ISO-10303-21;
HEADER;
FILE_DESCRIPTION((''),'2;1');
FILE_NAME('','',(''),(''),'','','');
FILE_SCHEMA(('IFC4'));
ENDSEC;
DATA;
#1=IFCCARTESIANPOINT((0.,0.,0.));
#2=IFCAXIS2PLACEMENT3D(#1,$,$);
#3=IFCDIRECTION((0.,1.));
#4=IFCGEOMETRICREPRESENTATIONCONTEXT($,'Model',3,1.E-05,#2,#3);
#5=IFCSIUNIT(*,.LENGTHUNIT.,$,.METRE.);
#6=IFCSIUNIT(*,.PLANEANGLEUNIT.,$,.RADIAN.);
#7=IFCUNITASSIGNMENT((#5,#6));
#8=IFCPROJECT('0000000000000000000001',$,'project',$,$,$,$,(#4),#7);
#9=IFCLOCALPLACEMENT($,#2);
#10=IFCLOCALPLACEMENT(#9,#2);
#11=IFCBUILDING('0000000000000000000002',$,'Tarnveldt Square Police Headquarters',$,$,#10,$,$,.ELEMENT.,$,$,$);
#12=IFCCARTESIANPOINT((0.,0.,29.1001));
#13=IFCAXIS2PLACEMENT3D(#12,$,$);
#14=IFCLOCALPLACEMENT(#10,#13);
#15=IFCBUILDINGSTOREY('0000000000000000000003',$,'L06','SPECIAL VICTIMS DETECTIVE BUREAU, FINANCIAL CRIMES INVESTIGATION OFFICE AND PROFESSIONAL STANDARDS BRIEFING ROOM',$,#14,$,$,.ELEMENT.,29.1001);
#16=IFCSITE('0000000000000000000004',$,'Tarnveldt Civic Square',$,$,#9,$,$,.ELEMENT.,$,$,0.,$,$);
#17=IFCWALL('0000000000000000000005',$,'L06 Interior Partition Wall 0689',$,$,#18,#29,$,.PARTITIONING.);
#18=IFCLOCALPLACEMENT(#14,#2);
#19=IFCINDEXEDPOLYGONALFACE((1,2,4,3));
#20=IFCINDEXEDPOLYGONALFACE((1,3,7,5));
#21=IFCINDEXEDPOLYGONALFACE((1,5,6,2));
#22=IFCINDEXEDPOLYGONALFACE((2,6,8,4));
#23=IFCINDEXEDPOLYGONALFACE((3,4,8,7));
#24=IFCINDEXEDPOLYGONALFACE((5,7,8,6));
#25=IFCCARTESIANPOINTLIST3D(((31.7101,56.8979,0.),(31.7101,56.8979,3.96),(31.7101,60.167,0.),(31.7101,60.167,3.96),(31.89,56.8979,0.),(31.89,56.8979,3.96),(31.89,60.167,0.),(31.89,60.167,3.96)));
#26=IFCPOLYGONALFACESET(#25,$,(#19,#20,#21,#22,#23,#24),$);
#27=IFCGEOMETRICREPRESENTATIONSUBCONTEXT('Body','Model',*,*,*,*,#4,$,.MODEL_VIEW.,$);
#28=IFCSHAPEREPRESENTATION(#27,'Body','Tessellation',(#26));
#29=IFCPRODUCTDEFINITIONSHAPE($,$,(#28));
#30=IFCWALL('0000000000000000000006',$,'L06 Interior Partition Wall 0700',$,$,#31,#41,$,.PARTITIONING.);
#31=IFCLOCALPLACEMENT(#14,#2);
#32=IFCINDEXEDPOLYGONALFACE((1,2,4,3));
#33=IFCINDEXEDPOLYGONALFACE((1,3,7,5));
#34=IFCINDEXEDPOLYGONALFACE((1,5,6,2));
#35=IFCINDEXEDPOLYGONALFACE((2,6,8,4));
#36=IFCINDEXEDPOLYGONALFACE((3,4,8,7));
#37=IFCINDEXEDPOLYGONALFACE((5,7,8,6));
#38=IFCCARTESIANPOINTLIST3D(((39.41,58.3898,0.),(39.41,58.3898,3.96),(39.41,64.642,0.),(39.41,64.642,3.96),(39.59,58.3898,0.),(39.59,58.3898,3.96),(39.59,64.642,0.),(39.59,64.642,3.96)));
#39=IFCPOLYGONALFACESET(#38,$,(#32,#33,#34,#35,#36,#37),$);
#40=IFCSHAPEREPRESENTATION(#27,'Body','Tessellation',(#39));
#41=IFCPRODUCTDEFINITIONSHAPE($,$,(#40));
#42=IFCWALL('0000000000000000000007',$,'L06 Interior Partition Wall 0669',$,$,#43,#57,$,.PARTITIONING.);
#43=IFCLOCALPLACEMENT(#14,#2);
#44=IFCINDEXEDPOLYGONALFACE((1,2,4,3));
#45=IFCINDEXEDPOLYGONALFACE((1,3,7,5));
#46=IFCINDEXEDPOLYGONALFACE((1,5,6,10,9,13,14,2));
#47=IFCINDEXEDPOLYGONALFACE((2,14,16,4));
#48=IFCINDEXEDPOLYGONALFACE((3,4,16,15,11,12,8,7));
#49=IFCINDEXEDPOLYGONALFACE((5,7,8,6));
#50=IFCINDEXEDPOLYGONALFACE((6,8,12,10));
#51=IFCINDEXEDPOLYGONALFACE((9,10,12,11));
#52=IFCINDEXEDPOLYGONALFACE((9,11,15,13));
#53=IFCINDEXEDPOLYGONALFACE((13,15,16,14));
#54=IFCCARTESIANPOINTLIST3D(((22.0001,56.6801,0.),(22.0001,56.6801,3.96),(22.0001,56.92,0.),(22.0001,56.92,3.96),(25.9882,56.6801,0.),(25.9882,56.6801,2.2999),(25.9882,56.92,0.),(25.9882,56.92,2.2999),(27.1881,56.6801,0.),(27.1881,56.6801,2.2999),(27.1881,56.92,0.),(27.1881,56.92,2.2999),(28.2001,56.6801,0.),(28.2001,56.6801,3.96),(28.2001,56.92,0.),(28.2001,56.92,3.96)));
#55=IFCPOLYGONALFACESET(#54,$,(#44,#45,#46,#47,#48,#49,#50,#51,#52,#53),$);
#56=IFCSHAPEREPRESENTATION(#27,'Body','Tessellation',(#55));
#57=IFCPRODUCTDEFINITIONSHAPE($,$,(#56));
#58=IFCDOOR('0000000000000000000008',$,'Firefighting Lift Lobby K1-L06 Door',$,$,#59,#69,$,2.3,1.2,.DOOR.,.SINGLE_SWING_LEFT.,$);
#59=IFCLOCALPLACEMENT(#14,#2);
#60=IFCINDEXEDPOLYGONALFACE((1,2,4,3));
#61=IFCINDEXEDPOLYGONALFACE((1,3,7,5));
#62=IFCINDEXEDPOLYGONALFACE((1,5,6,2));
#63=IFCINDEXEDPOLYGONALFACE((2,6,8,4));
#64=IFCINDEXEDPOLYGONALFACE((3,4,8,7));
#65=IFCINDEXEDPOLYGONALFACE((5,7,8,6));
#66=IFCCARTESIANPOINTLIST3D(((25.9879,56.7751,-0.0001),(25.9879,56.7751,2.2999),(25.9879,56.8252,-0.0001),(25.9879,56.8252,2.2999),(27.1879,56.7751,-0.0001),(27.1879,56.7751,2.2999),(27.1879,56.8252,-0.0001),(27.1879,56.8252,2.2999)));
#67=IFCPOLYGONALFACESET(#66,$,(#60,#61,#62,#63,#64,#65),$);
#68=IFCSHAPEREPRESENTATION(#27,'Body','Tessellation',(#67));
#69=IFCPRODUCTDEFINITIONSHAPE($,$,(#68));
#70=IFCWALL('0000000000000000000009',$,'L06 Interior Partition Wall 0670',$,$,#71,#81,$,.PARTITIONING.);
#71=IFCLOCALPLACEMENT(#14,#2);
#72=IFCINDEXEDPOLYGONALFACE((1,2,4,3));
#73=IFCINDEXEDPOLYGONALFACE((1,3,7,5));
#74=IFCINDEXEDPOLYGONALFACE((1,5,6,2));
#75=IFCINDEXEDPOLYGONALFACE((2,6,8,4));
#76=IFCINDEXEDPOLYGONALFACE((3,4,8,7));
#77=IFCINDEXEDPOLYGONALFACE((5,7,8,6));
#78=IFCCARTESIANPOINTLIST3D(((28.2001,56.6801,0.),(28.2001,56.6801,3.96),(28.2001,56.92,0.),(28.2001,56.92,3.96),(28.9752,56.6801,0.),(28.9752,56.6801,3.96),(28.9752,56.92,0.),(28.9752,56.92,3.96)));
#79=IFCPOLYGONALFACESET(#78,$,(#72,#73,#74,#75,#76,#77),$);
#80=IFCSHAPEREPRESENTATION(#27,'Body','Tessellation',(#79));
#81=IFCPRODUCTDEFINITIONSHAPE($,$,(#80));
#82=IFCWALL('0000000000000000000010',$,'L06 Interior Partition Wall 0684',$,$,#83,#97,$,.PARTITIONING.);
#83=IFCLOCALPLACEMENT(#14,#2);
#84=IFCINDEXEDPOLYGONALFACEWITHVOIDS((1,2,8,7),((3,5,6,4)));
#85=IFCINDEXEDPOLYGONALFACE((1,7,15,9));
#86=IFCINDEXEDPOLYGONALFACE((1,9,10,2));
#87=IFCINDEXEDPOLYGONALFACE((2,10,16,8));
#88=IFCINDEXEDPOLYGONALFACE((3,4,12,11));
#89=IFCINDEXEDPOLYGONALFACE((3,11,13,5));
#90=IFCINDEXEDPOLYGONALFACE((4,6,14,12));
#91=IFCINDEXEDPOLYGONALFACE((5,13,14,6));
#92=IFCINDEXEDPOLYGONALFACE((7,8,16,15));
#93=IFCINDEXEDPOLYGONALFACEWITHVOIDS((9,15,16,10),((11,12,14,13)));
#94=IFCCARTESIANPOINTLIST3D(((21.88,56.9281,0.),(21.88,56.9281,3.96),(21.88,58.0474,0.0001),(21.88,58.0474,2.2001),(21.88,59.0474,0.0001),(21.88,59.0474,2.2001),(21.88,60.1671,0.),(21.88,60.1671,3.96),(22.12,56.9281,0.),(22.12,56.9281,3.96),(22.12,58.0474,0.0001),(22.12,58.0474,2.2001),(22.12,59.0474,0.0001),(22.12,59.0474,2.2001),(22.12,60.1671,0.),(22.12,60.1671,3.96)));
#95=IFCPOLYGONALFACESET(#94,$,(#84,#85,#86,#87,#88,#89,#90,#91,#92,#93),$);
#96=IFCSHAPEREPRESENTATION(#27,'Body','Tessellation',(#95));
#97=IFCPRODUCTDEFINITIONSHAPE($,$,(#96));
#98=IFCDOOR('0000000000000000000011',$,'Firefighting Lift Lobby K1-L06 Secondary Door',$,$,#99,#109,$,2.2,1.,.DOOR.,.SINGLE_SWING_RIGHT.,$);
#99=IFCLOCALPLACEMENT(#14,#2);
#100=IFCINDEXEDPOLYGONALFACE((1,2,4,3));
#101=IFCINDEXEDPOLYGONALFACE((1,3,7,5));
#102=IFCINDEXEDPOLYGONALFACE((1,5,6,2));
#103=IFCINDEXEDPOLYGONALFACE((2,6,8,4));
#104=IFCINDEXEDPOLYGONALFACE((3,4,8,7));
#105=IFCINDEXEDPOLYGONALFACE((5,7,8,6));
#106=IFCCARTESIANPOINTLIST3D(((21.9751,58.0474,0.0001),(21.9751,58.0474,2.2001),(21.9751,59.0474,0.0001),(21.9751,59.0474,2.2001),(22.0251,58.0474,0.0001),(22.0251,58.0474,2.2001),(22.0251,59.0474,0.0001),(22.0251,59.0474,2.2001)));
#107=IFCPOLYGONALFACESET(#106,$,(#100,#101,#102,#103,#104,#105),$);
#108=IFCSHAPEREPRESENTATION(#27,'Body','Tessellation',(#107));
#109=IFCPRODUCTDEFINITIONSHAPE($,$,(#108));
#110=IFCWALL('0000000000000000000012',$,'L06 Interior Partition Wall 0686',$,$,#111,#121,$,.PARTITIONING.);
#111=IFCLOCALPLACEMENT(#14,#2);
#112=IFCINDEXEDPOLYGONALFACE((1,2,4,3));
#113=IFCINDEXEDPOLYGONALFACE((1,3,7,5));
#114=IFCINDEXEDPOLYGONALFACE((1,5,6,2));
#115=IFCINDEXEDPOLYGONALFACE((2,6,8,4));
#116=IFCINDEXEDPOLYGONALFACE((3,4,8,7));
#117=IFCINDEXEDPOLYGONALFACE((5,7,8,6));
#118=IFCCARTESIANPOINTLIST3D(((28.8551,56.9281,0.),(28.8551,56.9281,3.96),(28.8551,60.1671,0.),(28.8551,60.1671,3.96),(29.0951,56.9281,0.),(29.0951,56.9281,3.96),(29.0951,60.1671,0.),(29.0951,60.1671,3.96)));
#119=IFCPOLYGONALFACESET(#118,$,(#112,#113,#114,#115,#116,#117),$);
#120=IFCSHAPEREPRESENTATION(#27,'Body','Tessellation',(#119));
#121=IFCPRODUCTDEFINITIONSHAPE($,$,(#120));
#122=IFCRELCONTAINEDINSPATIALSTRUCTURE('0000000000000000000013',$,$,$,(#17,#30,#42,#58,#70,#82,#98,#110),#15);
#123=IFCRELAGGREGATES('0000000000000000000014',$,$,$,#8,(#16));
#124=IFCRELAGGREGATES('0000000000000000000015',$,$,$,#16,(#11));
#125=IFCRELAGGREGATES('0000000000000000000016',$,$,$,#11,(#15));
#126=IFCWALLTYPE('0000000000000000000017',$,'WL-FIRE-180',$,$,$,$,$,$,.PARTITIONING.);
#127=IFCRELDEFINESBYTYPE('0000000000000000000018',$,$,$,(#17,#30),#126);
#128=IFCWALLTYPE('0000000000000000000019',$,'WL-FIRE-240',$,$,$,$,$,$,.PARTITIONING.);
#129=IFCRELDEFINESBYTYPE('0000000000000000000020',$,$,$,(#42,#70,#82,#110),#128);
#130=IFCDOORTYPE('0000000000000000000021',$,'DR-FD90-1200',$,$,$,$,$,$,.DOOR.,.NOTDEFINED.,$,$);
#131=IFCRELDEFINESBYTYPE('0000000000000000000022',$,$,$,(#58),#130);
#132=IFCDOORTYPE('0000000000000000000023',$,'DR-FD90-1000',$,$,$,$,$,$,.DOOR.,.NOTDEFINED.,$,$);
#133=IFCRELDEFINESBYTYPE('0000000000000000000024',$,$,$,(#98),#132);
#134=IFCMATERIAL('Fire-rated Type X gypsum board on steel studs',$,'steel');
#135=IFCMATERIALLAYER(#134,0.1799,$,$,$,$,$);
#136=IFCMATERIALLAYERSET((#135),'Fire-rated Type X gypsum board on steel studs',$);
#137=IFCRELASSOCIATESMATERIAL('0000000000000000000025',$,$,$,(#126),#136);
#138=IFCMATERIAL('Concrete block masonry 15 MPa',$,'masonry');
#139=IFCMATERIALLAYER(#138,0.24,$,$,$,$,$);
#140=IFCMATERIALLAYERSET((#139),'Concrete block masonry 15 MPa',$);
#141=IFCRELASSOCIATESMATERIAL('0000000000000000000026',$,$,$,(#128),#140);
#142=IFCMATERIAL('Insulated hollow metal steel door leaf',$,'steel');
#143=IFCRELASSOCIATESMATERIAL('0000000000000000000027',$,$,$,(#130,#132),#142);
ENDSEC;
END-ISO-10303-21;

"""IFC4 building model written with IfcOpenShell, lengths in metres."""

from ifc_helpers import new_model, si_unit, direction, frame, frame_2d, origin, place, context, subcontext, project, spatial, rectangle, extrude, material, layer, layer_set, type_object, element, fill, save


model = new_model("IFC4")

# Units and contexts
model_context = context("Model", 3, precision=1e-05, world=origin(), true_north=direction((0.0, 1.0)))
body_context = subcontext(model_context, "Body", "Model", "MODEL_VIEW")
ifc_project = project(units=[si_unit("LENGTHUNIT", "METRE"), si_unit("PLANEANGLEUNIT", "RADIAN")], contexts=[model_context])

# Site, building, storey
site_placement = place(None, origin())
site = spatial("IfcSite", under=ifc_project, at=site_placement, Name="Tarnveldt Civic Square", CompositionType="ELEMENT", RefElevation=0.0)
building_placement = place(site_placement, origin())
building = spatial("IfcBuilding", under=site, at=building_placement, Name="Tarnveldt Square Police Headquarters", CompositionType="ELEMENT")
storey_placement = place(building_placement, frame((0.0, 0.0, 29.1001)))
storey = spatial("IfcBuildingStorey", under=building, at=storey_placement, Name="L06", Description="SPECIAL VICTIMS DETECTIVE BUREAU, FINANCIAL CRIMES INVESTIGATION OFFICE AND PROFESSIONAL STANDARDS BRIEFING ROOM", CompositionType="ELEMENT", Elevation=29.1001)

# Shared definitions
ifc_material_1 = material(Name="Fire-rated Type X gypsum board on steel studs", Category="steel")
ifc_layer_1 = layer(ifc_material_1, 0.1799)
ifc_layer_set_1 = layer_set([ifc_layer_1], Name="Fire-rated Type X gypsum board on steel studs")
wall_type_1 = type_object("IfcWallType", Name="WL-FIRE-180", PredefinedType="PARTITIONING", material=ifc_layer_set_1)
ifc_material_2 = material(Name="Insulated hollow metal steel door leaf", Category="steel")

# Wall
wall_1_placement = place(storey_placement, frame((31.8, 56.8979, 0.0), z_axis=(0.0, 0.0, 1.0), x_axis=(0.0, 1.0, 0.0)))
element("IfcWall", 1, at=wall_1_placement, inside=storey, type_object=wall_type_1, Name="L06 Interior Partition Wall 0689", PredefinedType="PARTITIONING", context=body_context, shape_type="SweptSolid", body=[
    extrude(rectangle(XDim=3.269, YDim=0.1799, at=frame_2d((1.6345, 0.0))), origin(), (0.0, 0.0, 1.0), 3.96),
])

# Wall
wall_2_placement = place(storey_placement, frame((39.5, 58.3899, 0.0), z_axis=(0.0, 0.0, 1.0), x_axis=(0.0, 1.0, 0.0)))
element("IfcWall", 2, at=wall_2_placement, inside=storey, type_object=wall_type_1, Name="L06 Interior Partition Wall 0700", PredefinedType="PARTITIONING", context=body_context, shape_type="SweptSolid", body=[
    extrude(rectangle(XDim=6.2522, YDim=0.1799, at=frame_2d((3.126, 0.0))), origin(), (0.0, 0.0, 1.0), 3.96),
])

# Wall, opening, door
ifc_material_3 = material(Name="Concrete block masonry 15 MPa", Category="masonry")
ifc_layer_2 = layer(ifc_material_3, 0.24)
ifc_layer_set_2 = layer_set([ifc_layer_2], Name="Concrete block masonry 15 MPa")
wall_type_2 = type_object("IfcWallType", Name="WL-FIRE-240", PredefinedType="PARTITIONING", material=ifc_layer_set_2)
wall_3_placement = place(storey_placement, frame((22.0, 56.8, 0.0), z_axis=(0.0, 0.0, 1.0), x_axis=(1.0, 0.0, 0.0)))
wall_3 = element("IfcWall", 3, at=wall_3_placement, inside=storey, type_object=wall_type_2, Name="L06 Interior Partition Wall 0669", PredefinedType="PARTITIONING", context=body_context, shape_type="SweptSolid", body=[
    extrude(rectangle(XDim=6.2, YDim=0.24, at=frame_2d((3.1001, 0.0))), origin(), (0.0, 0.0, 1.0), 3.96),
])
opening_1_placement = place(wall_3_placement, frame((3.988, 0.0, 0.0)))
opening_1 = element("IfcOpeningElement", 4, at=opening_1_placement, cuts=wall_3, PredefinedType="OPENING", context=body_context, shape_type="SweptSolid", body=[
    extrude(rectangle(XDim=1.2, YDim=2.3, at=frame_2d((0.6001, 1.1499))), frame((0.0, 0.1299, 0.0), z_axis=(0.0, -1.0, 0.0), x_axis=(1.0, 0.0, 0.0)), (0.0, 0.0, 1.0), 0.26),
])
door_type_1 = type_object("IfcDoorType", Name="DR-FD90-1200", OperationType="NOTDEFINED", PredefinedType="DOOR", material=ifc_material_2)
door_1_placement = place(opening_1_placement, frame((1.2, 0.0, 0.0), z_axis=(0.0, 0.0, 1.0), x_axis=(-1.0, 0.0, 0.0)))
door_1 = element("IfcDoor", 5, at=door_1_placement, inside=storey, type_object=door_type_1, Name="Firefighting Lift Lobby K1-L06 Door", OperationType="SINGLE_SWING_LEFT", OverallHeight=2.3, OverallWidth=1.2, PredefinedType="DOOR", context=body_context, shape_type="SweptSolid", body=[
    extrude(rectangle(XDim=1.2, YDim=2.3, at=frame_2d((0.6001, 1.1499))), frame((0.0, 0.0249, 0.0), z_axis=(0.0, -1.0, 0.0), x_axis=(1.0, 0.0, 0.0)), (0.0, 0.0, 1.0), 0.05),
])
fill(opening_1, door_1)

# Wall
wall_4_placement = place(storey_placement, frame((28.2, 56.8, 0.0), z_axis=(0.0, 0.0, 1.0), x_axis=(1.0, 0.0, 0.0)))
element("IfcWall", 6, at=wall_4_placement, inside=storey, type_object=wall_type_2, Name="L06 Interior Partition Wall 0670", PredefinedType="PARTITIONING", context=body_context, shape_type="SweptSolid", body=[
    extrude(rectangle(XDim=0.7751, YDim=0.24, at=frame_2d((0.3877, 0.0))), origin(), (0.0, 0.0, 1.0), 3.96),
])

# Wall, opening, door
wall_5_placement = place(storey_placement, frame((22.0, 56.928, 0.0), z_axis=(0.0, 0.0, 1.0), x_axis=(0.0, 1.0, 0.0)))
wall_5 = element("IfcWall", 7, at=wall_5_placement, inside=storey, type_object=wall_type_2, Name="L06 Interior Partition Wall 0684", PredefinedType="PARTITIONING", context=body_context, shape_type="SweptSolid", body=[
    extrude(rectangle(XDim=3.239, YDim=0.24, at=frame_2d((1.6196, 0.0))), origin(), (0.0, 0.0, 1.0), 3.96),
])
opening_2_placement = place(wall_5_placement, frame((1.1194, 0.0, 0.0)))
opening_2 = element("IfcOpeningElement", 8, at=opening_2_placement, cuts=wall_5, PredefinedType="OPENING", context=body_context, shape_type="SweptSolid", body=[
    extrude(rectangle(XDim=1.0, YDim=2.2, at=frame_2d((0.5, 1.1001))), frame((0.0, 0.1299, 0.0), z_axis=(0.0, -1.0, 0.0), x_axis=(1.0, 0.0, 0.0)), (0.0, 0.0, 1.0), 0.26),
])
door_type_2 = type_object("IfcDoorType", Name="DR-FD90-1000", OperationType="NOTDEFINED", PredefinedType="DOOR", material=ifc_material_2)
door_2_placement = place(opening_2_placement, origin())
door_2 = element("IfcDoor", 9, at=door_2_placement, inside=storey, type_object=door_type_2, Name="Firefighting Lift Lobby K1-L06 Secondary Door", OperationType="SINGLE_SWING_RIGHT", OverallHeight=2.2, OverallWidth=1.0, PredefinedType="DOOR", context=body_context, shape_type="SweptSolid", body=[
    extrude(rectangle(XDim=1.0, YDim=2.2, at=frame_2d((0.5, 1.1001))), frame((0.0, 0.0249, 0.0), z_axis=(0.0, -1.0, 0.0), x_axis=(1.0, 0.0, 0.0)), (0.0, 0.0, 1.0), 0.05),
])
fill(opening_2, door_2)

# Wall
wall_6_placement = place(storey_placement, frame((28.9751, 56.928, 0.0), z_axis=(0.0, 0.0, 1.0), x_axis=(0.0, 1.0, 0.0)))
element("IfcWall", 10, at=wall_6_placement, inside=storey, type_object=wall_type_2, Name="L06 Interior Partition Wall 0686", PredefinedType="PARTITIONING", context=body_context, shape_type="SweptSolid", body=[
    extrude(rectangle(XDim=3.239, YDim=0.24, at=frame_2d((1.6196, 0.0))), origin(), (0.0, 0.0, 1.0), 3.96),
])

save(model, "model.ifc")
